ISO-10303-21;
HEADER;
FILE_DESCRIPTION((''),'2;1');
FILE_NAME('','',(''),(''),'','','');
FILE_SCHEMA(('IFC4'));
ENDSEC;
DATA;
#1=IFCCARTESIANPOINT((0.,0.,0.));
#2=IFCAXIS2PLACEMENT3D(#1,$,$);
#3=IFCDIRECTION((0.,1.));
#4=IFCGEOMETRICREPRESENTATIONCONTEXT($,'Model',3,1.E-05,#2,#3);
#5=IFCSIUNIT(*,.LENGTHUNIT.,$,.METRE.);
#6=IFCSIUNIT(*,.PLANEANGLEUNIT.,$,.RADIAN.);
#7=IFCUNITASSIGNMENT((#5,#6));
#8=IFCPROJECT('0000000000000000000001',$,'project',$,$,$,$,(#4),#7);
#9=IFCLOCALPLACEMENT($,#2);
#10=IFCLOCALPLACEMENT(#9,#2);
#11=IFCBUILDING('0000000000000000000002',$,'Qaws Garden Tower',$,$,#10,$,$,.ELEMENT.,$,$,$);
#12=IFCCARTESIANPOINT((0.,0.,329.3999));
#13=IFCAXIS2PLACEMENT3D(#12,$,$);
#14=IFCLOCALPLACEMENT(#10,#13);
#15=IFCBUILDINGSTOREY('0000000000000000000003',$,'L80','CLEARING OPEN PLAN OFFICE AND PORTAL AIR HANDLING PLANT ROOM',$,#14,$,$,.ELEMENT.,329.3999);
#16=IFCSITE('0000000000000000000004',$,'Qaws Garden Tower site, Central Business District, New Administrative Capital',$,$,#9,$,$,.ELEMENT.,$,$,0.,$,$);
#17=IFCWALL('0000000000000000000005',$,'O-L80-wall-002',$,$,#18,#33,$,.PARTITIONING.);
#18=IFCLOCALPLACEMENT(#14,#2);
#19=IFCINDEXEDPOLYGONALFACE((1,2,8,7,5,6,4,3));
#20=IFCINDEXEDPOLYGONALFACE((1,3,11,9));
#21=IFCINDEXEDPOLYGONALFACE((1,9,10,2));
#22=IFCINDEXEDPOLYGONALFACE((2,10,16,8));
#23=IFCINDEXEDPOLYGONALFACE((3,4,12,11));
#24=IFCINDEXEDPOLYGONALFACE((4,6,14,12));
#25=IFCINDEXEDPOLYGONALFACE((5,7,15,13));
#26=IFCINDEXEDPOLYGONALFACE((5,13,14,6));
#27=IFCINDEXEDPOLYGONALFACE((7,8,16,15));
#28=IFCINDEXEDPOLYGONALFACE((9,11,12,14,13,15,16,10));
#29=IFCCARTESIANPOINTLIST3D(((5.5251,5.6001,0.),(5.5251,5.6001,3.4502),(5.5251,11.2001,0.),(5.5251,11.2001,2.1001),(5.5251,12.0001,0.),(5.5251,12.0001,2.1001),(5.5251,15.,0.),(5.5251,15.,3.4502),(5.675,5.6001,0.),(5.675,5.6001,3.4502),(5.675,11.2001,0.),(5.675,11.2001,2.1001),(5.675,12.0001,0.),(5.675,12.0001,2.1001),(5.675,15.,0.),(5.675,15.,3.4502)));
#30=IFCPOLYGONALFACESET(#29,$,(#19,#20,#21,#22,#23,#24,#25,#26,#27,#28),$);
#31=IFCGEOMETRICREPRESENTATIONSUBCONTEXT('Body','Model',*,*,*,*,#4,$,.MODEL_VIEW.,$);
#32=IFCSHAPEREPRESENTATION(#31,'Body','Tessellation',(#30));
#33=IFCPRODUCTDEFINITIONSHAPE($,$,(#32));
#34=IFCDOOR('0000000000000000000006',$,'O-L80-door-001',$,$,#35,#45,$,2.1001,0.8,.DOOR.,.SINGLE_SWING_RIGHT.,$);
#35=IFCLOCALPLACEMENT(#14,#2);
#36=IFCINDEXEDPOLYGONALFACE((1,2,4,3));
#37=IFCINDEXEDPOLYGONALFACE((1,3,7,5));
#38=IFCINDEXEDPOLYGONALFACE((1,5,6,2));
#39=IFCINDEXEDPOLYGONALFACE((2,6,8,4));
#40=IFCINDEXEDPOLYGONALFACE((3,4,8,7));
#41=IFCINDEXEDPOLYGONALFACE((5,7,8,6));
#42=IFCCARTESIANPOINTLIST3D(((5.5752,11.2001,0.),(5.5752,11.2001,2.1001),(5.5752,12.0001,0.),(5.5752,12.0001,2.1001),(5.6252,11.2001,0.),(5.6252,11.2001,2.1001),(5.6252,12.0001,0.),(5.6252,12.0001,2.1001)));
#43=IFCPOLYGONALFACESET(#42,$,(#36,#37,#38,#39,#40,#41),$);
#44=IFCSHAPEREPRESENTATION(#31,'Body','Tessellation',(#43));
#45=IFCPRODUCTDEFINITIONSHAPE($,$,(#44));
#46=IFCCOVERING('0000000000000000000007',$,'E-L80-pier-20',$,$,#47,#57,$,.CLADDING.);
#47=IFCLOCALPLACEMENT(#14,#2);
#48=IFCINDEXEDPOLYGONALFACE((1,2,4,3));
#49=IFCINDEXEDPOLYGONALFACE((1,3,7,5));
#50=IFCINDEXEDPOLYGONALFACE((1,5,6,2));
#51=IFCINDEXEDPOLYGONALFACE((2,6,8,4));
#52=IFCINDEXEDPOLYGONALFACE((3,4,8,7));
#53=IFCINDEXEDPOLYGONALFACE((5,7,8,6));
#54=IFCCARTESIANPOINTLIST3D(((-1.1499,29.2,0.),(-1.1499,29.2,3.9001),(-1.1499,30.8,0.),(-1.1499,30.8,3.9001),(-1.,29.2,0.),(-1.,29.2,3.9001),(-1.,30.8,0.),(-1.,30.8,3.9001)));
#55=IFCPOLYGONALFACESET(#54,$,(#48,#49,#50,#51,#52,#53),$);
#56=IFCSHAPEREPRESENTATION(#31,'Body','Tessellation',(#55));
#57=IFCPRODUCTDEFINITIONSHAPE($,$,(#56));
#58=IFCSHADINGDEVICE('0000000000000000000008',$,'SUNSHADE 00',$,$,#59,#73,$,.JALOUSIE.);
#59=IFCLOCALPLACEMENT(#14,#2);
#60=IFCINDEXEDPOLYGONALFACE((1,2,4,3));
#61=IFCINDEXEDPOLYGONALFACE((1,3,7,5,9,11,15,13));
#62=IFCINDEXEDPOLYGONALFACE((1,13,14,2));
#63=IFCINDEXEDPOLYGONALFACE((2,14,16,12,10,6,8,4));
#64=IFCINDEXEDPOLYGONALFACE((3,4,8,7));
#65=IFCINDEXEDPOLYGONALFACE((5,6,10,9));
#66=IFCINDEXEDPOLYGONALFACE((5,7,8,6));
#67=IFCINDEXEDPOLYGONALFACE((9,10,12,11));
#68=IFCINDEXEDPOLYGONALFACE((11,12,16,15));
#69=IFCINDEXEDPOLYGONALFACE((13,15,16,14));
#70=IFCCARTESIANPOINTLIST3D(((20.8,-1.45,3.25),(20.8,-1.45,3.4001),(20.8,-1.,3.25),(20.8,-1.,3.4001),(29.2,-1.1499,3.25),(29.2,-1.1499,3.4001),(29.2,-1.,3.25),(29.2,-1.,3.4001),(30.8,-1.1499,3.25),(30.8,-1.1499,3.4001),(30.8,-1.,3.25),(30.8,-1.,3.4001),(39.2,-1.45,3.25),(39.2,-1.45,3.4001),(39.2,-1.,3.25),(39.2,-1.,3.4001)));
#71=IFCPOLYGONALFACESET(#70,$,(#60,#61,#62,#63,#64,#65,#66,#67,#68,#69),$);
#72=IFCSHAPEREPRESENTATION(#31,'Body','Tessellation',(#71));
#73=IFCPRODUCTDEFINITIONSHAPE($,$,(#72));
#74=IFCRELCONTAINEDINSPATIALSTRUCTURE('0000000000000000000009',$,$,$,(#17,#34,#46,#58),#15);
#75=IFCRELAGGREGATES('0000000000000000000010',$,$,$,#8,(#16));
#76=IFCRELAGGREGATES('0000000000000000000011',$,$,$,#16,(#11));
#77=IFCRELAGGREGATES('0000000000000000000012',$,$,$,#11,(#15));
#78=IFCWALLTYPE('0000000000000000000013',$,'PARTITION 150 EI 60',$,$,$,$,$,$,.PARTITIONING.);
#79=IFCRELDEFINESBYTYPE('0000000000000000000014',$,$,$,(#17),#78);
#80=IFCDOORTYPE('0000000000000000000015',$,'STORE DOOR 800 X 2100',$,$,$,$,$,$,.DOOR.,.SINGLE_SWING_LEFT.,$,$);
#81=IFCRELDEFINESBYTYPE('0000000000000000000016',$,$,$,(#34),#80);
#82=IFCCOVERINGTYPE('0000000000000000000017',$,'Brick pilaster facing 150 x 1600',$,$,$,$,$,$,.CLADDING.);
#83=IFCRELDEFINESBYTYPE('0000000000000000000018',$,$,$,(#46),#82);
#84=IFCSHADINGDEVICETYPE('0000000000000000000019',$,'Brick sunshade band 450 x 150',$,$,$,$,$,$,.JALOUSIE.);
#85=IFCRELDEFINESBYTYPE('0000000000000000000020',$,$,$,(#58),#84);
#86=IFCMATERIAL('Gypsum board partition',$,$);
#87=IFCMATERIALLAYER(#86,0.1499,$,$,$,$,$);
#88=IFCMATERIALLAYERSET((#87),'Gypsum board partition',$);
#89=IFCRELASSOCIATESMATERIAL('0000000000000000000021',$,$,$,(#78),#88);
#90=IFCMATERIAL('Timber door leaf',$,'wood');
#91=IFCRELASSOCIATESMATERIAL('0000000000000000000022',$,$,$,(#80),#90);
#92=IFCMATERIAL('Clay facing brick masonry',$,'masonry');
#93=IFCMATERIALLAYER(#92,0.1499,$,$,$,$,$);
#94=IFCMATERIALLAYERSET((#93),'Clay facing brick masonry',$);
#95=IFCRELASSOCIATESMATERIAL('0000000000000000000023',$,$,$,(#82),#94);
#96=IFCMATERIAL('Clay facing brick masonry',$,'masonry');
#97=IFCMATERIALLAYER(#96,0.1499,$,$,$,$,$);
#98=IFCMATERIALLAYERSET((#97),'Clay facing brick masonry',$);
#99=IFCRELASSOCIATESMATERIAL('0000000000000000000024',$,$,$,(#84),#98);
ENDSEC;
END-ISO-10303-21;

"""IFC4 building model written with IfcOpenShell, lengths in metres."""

from ifc_helpers import new_model, si_unit, direction, frame, frame_2d, origin, place, context, subcontext, project, spatial, polyline, rectangle, outline, extrude, material, layer, layer_set, type_object, element, fill, save


model = new_model("IFC4")

# Units and contexts
model_context = context("Model", 3, precision=1e-05, world=origin(), true_north=direction((0.0, 1.0)))
body_context = subcontext(model_context, "Body", "Model", "MODEL_VIEW")
ifc_project = project(units=[si_unit("LENGTHUNIT", "METRE"), si_unit("PLANEANGLEUNIT", "RADIAN")], contexts=[model_context])

# Site, building, storey
site_placement = place(None, origin())
site = spatial("IfcSite", under=ifc_project, at=site_placement, Name="Qaws Garden Tower site, Central Business District, New Administrative Capital", CompositionType="ELEMENT", RefElevation=0.0)
building_placement = place(site_placement, origin())
building = spatial("IfcBuilding", under=site, at=building_placement, Name="Qaws Garden Tower", CompositionType="ELEMENT")
storey_placement = place(building_placement, frame((0.0, 0.0, 329.3999)))
storey = spatial("IfcBuildingStorey", under=building, at=storey_placement, Name="L80", Description="CLEARING OPEN PLAN OFFICE AND PORTAL AIR HANDLING PLANT ROOM", CompositionType="ELEMENT", Elevation=329.3999)

# Shared definitions
placement_1 = place(storey_placement, origin())

# Wall, opening, door
ifc_material_1 = material(Name="Gypsum board partition")
ifc_layer_1 = layer(ifc_material_1, 0.1499)
ifc_layer_set_1 = layer_set([ifc_layer_1], Name="Gypsum board partition")
wall_type_1 = type_object("IfcWallType", Name="PARTITION 150 EI 60", PredefinedType="PARTITIONING", material=ifc_layer_set_1)
wall_1_placement = place(storey_placement, frame((5.6001, 5.6001, 0.0), z_axis=(0.0, 0.0, 1.0), x_axis=(0.0, 1.0, 0.0)))
wall_1 = element("IfcWall", 1, at=wall_1_placement, inside=storey, type_object=wall_type_1, Name="O-L80-wall-002", PredefinedType="PARTITIONING", context=body_context, shape_type="SweptSolid", body=[
    extrude(rectangle(XDim=9.3999, YDim=0.1499, at=frame_2d((4.7, 0.0))), origin(), (0.0, 0.0, 1.0), 3.4502),
])
opening_1_placement = place(wall_1_placement, frame((5.6001, 0.0, 0.0)))
opening_1 = element("IfcOpeningElement", 2, at=opening_1_placement, cuts=wall_1, PredefinedType="OPENING", context=body_context, shape_type="SweptSolid", body=[
    extrude(rectangle(XDim=0.8, YDim=2.1001, at=frame_2d((0.3999, 1.05))), frame((0.0, 0.085, 0.0), z_axis=(0.0, -1.0, 0.0), x_axis=(1.0, 0.0, 0.0)), (0.0, 0.0, 1.0), 0.1699),
])
ifc_material_2 = material(Name="Timber door leaf", Category="wood")
door_type_1 = type_object("IfcDoorType", Name="STORE DOOR 800 X 2100", OperationType="SINGLE_SWING_LEFT", PredefinedType="DOOR", material=ifc_material_2)
door_1_placement = place(opening_1_placement, origin())
door_1 = element("IfcDoor", 3, at=door_1_placement, inside=storey, type_object=door_type_1, Name="O-L80-door-001", OperationType="SINGLE_SWING_RIGHT", OverallHeight=2.1001, OverallWidth=0.8, PredefinedType="DOOR", context=body_context, shape_type="SweptSolid", body=[
    extrude(rectangle(XDim=0.8, YDim=2.1001, at=frame_2d((0.3999, 1.05))), frame((0.0, 0.0249, 0.0), z_axis=(0.0, -1.0, 0.0), x_axis=(1.0, 0.0, 0.0)), (0.0, 0.0, 1.0), 0.05),
])
fill(opening_1, door_1)

# Covering
ifc_material_3 = material(Name="Clay facing brick masonry", Category="masonry")
ifc_layer_2 = layer(ifc_material_3, 0.1499)
ifc_layer_set_2 = layer_set([ifc_layer_2], Name="Clay facing brick masonry")
covering_type = type_object("IfcCoveringType", Name="Brick pilaster facing 150 x 1600", PredefinedType="CLADDING", material=ifc_layer_set_2)
element("IfcCovering", 4, at=placement_1, inside=storey, type_object=covering_type, Name="E-L80-pier-20", PredefinedType="CLADDING", context=body_context, shape_type="SweptSolid", body=[
    extrude(outline(polyline([(-1.0, 30.8), (-1.0, 29.2), (-1.1499, 29.2), (-1.1499, 30.8), (-1.0, 30.8)])), origin(), (0.0, 0.0, 1.0), 3.9001),
])

# Shading device
ifc_material_4 = material(Name="Clay facing brick masonry", Category="masonry")
ifc_layer_3 = layer(ifc_material_4, 0.1499)
ifc_layer_set_3 = layer_set([ifc_layer_3], Name="Clay facing brick masonry")
shading_device_type = type_object("IfcShadingDeviceType", Name="Brick sunshade band 450 x 150", PredefinedType="JALOUSIE", material=ifc_layer_set_3)
shading_device_placement = place(storey_placement, frame((0.0, 0.0, 3.25)))
element("IfcShadingDevice", 5, at=shading_device_placement, inside=storey, type_object=shading_device_type, Name="SUNSHADE 00", PredefinedType="JALOUSIE", context=body_context, shape_type="SweptSolid", body=[
    extrude(outline(polyline([(20.8, -1.0), (20.8, -1.45), (39.2, -1.45), (39.2, -1.0), (30.8, -1.0), (30.8, -1.1499), (29.2, -1.1499), (29.2, -1.0), (20.8, -1.0)])), origin(), (0.0, 0.0, 1.0), 0.1501),
])

save(model, "model.ifc")
